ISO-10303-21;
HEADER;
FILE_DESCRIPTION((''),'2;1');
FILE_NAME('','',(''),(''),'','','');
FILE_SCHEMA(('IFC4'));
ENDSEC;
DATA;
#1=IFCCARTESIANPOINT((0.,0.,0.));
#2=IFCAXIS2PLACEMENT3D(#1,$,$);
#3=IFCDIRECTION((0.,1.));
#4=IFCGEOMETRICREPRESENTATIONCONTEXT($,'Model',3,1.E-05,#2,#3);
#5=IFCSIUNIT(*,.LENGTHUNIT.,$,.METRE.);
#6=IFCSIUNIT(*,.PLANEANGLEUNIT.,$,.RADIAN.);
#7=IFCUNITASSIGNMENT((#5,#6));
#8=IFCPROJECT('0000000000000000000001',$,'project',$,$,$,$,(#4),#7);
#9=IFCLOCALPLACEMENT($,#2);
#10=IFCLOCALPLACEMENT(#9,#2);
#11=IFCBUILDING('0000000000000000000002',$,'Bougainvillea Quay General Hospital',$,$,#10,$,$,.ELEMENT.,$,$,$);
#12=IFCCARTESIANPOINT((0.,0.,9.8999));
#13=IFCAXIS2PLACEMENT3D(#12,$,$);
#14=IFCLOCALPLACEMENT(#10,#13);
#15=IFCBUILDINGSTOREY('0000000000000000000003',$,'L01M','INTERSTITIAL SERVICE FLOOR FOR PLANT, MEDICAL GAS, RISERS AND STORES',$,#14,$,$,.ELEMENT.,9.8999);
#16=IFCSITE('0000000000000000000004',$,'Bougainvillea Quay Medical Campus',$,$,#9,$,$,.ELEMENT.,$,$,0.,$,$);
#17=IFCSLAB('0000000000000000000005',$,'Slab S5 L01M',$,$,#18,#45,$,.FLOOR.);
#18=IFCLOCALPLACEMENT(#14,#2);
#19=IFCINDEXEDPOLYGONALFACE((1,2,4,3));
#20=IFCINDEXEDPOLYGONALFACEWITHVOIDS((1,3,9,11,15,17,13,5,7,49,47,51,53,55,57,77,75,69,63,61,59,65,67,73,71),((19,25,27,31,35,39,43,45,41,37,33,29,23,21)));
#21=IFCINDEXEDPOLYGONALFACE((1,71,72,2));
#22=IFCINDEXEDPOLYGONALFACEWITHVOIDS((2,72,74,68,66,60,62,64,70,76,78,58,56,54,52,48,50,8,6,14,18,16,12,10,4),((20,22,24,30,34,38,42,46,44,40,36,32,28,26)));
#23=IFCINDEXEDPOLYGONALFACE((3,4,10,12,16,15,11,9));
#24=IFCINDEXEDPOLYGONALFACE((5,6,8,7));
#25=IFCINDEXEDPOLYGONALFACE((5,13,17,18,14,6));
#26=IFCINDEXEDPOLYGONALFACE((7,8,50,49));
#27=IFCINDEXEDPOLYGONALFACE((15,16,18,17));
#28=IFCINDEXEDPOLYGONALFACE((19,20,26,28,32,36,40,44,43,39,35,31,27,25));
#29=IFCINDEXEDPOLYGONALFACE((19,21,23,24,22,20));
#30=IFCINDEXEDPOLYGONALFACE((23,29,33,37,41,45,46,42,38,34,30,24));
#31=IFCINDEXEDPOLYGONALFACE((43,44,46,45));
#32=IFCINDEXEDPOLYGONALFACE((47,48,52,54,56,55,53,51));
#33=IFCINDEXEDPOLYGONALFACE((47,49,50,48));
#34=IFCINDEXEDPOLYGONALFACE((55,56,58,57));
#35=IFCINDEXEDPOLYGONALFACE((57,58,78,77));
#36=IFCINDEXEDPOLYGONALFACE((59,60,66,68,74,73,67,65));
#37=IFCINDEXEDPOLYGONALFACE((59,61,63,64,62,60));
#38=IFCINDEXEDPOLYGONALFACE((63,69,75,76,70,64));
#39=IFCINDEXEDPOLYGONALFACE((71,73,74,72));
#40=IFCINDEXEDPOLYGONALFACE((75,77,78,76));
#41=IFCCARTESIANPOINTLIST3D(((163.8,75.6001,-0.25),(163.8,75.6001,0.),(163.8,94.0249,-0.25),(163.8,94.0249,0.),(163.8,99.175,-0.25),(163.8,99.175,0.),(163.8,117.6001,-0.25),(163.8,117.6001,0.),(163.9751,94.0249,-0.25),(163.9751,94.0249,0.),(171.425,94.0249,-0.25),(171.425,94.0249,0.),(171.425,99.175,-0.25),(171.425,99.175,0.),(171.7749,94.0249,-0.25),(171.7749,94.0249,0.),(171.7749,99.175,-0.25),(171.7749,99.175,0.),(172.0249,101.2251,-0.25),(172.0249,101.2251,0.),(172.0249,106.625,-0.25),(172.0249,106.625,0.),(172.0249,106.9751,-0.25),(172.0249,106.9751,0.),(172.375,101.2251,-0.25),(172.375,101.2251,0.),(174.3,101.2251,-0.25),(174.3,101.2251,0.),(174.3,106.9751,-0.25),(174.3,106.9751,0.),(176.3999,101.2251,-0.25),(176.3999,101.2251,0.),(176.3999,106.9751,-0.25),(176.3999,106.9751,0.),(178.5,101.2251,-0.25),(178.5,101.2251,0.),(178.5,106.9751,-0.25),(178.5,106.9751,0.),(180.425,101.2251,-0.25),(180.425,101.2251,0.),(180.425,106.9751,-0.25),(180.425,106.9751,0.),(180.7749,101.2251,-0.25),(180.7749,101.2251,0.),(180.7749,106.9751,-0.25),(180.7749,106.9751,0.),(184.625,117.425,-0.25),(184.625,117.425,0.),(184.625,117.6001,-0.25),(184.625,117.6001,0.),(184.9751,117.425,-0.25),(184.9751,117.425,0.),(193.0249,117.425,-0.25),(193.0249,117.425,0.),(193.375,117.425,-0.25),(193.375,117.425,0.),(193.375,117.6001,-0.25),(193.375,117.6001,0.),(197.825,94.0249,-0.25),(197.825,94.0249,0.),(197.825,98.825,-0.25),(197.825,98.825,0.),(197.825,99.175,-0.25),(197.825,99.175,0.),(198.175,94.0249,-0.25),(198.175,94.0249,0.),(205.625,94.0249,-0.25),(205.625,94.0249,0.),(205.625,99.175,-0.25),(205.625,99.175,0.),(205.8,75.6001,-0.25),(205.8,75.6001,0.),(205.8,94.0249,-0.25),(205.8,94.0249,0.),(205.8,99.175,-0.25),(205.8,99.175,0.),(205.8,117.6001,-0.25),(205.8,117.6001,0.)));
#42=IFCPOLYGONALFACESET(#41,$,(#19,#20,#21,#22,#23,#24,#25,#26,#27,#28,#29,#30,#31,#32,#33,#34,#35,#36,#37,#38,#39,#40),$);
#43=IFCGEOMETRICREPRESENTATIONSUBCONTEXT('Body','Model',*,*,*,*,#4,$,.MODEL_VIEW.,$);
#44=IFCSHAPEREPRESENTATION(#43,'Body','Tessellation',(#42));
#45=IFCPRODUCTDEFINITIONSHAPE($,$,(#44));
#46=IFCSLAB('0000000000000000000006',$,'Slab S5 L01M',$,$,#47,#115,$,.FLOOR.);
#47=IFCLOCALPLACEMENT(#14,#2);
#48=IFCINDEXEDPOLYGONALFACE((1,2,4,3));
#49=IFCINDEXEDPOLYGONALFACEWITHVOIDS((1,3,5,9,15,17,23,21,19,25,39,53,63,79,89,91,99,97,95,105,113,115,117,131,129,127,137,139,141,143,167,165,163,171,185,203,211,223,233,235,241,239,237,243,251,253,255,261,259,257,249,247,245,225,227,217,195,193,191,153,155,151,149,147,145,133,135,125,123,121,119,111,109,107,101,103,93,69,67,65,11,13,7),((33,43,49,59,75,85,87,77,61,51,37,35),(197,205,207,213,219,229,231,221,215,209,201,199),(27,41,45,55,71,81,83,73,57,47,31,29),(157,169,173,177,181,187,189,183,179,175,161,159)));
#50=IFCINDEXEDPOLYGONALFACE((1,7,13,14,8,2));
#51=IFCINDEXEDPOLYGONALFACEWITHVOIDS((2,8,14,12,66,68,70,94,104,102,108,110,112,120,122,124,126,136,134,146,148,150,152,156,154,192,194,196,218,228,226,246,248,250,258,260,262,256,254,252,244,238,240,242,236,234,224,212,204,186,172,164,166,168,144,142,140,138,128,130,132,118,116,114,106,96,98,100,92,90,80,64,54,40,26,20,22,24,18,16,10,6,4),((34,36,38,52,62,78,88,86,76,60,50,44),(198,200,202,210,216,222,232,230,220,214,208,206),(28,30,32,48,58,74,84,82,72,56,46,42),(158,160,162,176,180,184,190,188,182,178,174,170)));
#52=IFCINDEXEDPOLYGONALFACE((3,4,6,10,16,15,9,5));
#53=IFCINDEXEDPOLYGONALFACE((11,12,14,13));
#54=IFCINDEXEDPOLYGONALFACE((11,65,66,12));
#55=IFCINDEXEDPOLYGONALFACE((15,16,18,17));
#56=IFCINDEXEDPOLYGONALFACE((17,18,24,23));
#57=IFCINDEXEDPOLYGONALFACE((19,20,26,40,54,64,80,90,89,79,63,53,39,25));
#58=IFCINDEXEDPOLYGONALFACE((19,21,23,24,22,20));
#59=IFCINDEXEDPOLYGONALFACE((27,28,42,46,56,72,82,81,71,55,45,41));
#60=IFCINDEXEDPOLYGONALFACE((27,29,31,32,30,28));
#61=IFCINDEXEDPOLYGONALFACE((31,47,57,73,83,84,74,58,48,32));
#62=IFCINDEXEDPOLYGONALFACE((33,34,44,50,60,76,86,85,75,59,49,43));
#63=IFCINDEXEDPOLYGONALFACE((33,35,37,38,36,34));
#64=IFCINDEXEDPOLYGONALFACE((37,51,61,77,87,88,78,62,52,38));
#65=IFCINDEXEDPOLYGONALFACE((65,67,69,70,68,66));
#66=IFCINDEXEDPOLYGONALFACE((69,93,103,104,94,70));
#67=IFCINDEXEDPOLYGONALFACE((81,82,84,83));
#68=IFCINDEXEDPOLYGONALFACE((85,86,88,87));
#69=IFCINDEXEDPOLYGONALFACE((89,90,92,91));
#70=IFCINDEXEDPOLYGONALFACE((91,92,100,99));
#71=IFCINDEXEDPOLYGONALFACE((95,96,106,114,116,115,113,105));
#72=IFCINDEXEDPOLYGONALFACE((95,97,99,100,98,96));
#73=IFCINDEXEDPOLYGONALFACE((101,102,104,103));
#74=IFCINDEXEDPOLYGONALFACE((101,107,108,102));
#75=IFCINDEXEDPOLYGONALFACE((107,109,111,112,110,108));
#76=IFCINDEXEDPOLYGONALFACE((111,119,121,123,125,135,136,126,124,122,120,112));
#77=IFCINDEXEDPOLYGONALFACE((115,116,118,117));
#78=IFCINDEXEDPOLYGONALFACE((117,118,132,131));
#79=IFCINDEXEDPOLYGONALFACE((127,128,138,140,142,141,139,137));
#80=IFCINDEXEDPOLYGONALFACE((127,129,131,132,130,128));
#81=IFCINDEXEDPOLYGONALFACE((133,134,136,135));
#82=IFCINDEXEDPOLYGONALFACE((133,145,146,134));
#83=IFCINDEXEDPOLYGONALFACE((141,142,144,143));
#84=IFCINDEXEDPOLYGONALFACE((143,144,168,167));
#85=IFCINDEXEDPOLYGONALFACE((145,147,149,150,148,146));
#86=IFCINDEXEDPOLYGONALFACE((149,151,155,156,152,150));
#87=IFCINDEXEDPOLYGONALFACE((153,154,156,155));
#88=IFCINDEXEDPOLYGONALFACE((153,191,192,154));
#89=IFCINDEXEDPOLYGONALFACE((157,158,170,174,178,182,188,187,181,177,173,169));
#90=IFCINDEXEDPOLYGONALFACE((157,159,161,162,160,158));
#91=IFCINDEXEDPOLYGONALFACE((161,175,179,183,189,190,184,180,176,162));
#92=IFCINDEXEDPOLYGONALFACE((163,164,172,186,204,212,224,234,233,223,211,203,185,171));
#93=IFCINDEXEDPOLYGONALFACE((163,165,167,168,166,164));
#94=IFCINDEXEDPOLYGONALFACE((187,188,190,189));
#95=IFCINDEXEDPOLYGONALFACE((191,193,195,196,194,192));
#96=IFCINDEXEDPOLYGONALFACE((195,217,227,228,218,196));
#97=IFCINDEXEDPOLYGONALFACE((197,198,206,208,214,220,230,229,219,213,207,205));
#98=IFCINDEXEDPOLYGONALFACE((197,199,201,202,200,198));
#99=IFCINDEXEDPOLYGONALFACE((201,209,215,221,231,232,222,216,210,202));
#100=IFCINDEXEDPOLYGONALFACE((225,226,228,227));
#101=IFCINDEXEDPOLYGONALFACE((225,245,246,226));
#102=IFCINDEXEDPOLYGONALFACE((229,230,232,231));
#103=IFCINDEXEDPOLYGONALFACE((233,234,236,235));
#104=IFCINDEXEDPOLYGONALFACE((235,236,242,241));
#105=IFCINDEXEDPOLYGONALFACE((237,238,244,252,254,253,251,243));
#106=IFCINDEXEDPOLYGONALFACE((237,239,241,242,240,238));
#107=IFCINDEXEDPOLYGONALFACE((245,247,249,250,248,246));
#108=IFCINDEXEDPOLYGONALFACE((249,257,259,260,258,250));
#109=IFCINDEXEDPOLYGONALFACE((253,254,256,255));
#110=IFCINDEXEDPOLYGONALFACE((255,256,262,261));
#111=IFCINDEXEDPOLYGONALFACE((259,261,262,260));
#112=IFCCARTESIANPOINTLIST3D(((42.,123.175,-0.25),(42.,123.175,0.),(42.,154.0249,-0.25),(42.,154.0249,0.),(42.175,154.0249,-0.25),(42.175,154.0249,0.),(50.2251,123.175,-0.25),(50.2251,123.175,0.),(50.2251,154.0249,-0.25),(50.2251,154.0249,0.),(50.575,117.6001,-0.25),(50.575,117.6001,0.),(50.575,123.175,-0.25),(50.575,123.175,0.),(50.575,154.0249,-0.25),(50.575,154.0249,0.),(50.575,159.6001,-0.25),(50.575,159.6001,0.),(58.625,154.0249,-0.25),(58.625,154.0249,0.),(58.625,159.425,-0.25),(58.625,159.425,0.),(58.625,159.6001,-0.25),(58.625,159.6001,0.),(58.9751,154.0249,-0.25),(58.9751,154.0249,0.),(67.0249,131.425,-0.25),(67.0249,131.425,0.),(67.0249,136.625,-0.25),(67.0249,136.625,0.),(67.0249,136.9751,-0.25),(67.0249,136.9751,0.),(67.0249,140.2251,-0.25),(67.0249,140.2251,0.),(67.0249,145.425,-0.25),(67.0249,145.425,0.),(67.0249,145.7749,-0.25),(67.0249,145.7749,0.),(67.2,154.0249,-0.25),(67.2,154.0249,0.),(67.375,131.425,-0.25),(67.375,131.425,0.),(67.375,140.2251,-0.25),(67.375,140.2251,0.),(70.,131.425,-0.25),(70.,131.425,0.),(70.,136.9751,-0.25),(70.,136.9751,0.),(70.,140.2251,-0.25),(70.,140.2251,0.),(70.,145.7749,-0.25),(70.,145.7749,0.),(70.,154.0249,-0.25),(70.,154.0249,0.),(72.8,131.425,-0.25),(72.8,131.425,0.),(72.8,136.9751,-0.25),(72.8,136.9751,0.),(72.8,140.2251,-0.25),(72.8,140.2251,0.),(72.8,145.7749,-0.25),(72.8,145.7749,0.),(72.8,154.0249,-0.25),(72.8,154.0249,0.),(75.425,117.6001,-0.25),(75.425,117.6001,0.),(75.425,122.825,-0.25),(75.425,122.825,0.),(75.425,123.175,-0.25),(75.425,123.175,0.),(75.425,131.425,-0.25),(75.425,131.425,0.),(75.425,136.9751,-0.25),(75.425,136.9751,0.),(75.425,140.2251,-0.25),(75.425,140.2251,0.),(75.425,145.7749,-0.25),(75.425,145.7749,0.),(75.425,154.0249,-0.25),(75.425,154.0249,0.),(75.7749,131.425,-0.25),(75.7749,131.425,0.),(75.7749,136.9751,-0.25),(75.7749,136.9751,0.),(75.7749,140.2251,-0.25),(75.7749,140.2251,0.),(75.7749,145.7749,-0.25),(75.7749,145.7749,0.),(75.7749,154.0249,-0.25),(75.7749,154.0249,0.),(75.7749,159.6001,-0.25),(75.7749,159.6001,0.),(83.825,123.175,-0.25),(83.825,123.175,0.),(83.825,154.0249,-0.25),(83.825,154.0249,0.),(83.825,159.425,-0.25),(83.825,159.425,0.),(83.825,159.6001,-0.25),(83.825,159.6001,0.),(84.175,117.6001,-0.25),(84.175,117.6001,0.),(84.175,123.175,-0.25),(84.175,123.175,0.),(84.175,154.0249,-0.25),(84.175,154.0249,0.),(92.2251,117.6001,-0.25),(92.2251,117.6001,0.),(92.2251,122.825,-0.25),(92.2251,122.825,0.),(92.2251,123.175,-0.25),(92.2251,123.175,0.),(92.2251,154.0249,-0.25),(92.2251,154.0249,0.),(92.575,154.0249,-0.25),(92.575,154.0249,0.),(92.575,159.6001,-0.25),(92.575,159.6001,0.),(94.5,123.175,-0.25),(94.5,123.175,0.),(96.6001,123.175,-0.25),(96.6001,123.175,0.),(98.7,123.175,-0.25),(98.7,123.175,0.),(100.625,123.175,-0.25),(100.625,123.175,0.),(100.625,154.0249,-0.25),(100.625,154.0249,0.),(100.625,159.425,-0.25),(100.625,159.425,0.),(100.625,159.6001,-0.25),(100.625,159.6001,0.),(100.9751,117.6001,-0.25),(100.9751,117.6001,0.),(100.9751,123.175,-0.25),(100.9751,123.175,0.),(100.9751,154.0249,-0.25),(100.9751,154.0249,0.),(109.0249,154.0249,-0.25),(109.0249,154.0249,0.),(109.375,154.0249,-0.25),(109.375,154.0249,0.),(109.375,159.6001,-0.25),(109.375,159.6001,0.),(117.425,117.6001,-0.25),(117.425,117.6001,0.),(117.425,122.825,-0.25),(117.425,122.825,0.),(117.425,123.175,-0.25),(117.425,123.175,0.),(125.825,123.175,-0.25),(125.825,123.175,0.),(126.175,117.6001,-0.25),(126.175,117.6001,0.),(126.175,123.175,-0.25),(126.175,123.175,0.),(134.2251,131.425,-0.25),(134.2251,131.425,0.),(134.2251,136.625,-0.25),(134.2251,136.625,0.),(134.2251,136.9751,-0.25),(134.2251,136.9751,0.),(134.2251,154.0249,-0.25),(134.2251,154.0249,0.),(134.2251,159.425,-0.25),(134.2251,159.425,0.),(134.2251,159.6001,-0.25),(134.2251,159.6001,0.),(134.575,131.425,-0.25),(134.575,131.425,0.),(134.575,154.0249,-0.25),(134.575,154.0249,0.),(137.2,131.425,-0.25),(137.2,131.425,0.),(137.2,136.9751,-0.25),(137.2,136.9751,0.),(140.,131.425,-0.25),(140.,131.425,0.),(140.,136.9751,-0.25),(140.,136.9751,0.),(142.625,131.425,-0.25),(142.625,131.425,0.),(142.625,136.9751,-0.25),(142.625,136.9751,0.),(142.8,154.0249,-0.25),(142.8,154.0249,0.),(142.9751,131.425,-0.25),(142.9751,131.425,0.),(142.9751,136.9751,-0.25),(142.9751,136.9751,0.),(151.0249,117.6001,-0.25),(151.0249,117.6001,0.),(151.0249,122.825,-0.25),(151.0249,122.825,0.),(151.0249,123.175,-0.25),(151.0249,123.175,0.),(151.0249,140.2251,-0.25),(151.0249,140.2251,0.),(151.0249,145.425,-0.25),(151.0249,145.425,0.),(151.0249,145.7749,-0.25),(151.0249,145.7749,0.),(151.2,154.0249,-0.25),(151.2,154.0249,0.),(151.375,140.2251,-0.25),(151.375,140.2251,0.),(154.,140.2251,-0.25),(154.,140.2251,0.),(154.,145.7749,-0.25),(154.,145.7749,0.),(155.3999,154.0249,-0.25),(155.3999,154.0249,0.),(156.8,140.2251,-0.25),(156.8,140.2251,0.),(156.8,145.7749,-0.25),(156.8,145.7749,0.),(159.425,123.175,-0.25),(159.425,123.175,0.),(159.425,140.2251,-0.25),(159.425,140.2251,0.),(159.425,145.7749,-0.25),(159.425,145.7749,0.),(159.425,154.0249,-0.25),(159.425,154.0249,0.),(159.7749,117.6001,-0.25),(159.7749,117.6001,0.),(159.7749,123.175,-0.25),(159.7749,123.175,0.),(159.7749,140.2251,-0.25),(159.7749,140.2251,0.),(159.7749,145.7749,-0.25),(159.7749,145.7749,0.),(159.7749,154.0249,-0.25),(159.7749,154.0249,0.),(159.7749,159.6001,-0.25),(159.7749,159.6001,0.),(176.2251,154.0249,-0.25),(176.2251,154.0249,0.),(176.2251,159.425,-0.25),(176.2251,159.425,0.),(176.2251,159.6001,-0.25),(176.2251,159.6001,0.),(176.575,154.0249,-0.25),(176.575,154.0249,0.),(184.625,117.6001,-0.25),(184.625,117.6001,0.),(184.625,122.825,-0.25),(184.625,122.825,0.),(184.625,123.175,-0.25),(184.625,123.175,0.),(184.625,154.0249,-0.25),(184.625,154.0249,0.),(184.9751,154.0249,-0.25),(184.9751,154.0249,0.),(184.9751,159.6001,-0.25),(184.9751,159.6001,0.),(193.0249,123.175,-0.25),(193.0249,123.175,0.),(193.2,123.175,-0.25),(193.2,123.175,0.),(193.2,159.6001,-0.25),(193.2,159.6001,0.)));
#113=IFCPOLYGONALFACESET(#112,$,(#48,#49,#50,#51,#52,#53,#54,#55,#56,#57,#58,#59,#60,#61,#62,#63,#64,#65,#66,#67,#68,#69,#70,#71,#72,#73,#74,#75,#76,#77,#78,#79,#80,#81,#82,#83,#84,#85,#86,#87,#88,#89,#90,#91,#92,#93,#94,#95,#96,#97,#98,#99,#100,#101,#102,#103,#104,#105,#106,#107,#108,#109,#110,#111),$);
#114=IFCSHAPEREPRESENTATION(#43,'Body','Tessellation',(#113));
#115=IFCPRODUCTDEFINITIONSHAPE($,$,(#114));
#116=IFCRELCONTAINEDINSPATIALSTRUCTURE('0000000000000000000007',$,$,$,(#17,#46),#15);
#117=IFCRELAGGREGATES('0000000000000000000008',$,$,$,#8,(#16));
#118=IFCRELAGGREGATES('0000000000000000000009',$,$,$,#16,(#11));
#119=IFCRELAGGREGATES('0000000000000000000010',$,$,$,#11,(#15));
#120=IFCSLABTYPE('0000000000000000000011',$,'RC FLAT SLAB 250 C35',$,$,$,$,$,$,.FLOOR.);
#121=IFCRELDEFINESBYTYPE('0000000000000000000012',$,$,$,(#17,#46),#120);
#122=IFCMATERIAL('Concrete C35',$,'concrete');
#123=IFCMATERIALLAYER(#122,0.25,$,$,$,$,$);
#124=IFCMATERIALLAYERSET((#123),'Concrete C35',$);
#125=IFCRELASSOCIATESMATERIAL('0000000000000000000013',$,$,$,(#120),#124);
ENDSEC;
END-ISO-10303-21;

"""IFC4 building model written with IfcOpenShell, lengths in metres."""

from ifc_helpers import new_model, si_unit, direction, frame, origin, place, context, subcontext, project, spatial, polyline, outline, extrude, material, layer, layer_set, type_object, element, save


model = new_model("IFC4")

# Units and contexts
model_context = context("Model", 3, precision=1e-05, world=origin(), true_north=direction((0.0, 1.0)))
body_context = subcontext(model_context, "Body", "Model", "MODEL_VIEW")
ifc_project = project(units=[si_unit("LENGTHUNIT", "METRE"), si_unit("PLANEANGLEUNIT", "RADIAN")], contexts=[model_context])

# Site, building, storey
site_placement = place(None, origin())
site = spatial("IfcSite", under=ifc_project, at=site_placement, Name="Bougainvillea Quay Medical Campus", CompositionType="ELEMENT", RefElevation=0.0)
building_placement = place(site_placement, origin())
building = spatial("IfcBuilding", under=site, at=building_placement, Name="Bougainvillea Quay General Hospital", CompositionType="ELEMENT")
storey_placement = place(building_placement, frame((0.0, 0.0, 9.8999)))
storey = spatial("IfcBuildingStorey", under=building, at=storey_placement, Name="L01M", Description="INTERSTITIAL SERVICE FLOOR FOR PLANT, MEDICAL GAS, RISERS AND STORES", CompositionType="ELEMENT", Elevation=9.8999)

# Slabs
ifc_material_1 = material(Name="Concrete C35", Category="concrete")
ifc_layer_1 = layer(ifc_material_1, 0.25)
ifc_layer_set_1 = layer_set([ifc_layer_1], Name="Concrete C35")
slab_type_1 = type_object("IfcSlabType", Name="RC FLAT SLAB 250 C35", PredefinedType="FLOOR", material=ifc_layer_set_1)
slab_1_placement = place(storey_placement, frame((0.0, 0.0, -0.25)))
element("IfcSlab", 1, at=slab_1_placement, inside=storey, type_object=slab_type_1, Name="Slab S5 L01M", PredefinedType="FLOOR", context=body_context, shape_type="SweptSolid", body=[
    extrude(outline(polyline([(184.625, 117.6001), (163.8, 117.6001), (163.8, 99.175), (171.425, 99.175), (171.7749, 99.175), (171.7749, 94.0249), (171.425, 94.0249), (163.9751, 94.0249), (163.8, 94.0249), (163.8, 75.6001), (205.8, 75.6001), (205.8, 94.0249), (205.625, 94.0249), (198.175, 94.0249), (197.825, 94.0249), (197.825, 98.825), (197.825, 99.175), (205.625, 99.175), (205.8, 99.175), (205.8, 117.6001), (193.375, 117.6001), (193.375, 117.425), (193.0249, 117.425), (184.9751, 117.425), (184.625, 117.425), (184.625, 117.6001)]), holes=[polyline([(180.7749, 101.2251), (180.425, 101.2251), (178.5, 101.2251), (176.3999, 101.2251), (174.3, 101.2251), (172.375, 101.2251), (172.0249, 101.2251), (172.0249, 106.625), (172.0249, 106.9751), (174.3, 106.9751), (176.3999, 106.9751), (178.5, 106.9751), (180.425, 106.9751), (180.7749, 106.9751), (180.7749, 101.2251)])]), origin(), (0.0, 0.0, 1.0), 0.25),
])
slab_2_placement = place(storey_placement, frame((0.0, 0.0, -0.25)))
element("IfcSlab", 2, at=slab_2_placement, inside=storey, type_object=slab_type_1, Name="Slab S5 L01M", PredefinedType="FLOOR", context=body_context, shape_type="SweptSolid", body=[
    extrude(outline(polyline([(83.825, 159.6001), (75.7749, 159.6001), (75.7749, 154.0249), (75.425, 154.0249), (72.8, 154.0249), (70.0, 154.0249), (67.2, 154.0249), (58.9751, 154.0249), (58.625, 154.0249), (58.625, 159.425), (58.625, 159.6001), (50.575, 159.6001), (50.575, 154.0249), (50.2251, 154.0249), (42.175, 154.0249), (42.0, 154.0249), (42.0, 123.175), (50.2251, 123.175), (50.575, 123.175), (50.575, 117.6001), (75.425, 117.6001), (75.425, 122.825), (75.425, 123.175), (83.825, 123.175), (84.175, 123.175), (84.175, 117.6001), (92.2251, 117.6001), (92.2251, 122.825), (92.2251, 123.175), (94.5, 123.175), (96.6001, 123.175), (98.7, 123.175), (100.625, 123.175), (100.9751, 123.175), (100.9751, 117.6001), (117.425, 117.6001), (117.425, 122.825), (117.425, 123.175), (125.825, 123.175), (126.175, 123.175), (126.175, 117.6001), (151.0249, 117.6001), (151.0249, 122.825), (151.0249, 123.175), (159.425, 123.175), (159.7749, 123.175), (159.7749, 117.6001), (184.625, 117.6001), (184.625, 122.825), (184.625, 123.175), (193.0249, 123.175), (193.2, 123.175), (193.2, 159.6001), (184.9751, 159.6001), (184.9751, 154.0249), (184.625, 154.0249), (176.575, 154.0249), (176.2251, 154.0249), (176.2251, 159.425), (176.2251, 159.6001), (159.7749, 159.6001), (159.7749, 154.0249), (159.425, 154.0249), (155.3999, 154.0249), (151.2, 154.0249), (142.8, 154.0249), (134.575, 154.0249), (134.2251, 154.0249), (134.2251, 159.425), (134.2251, 159.6001), (109.375, 159.6001), (109.375, 154.0249), (109.0249, 154.0249), (100.9751, 154.0249), (100.625, 154.0249), (100.625, 159.425), (100.625, 159.6001), (92.575, 159.6001), (92.575, 154.0249), (92.2251, 154.0249), (84.175, 154.0249), (83.825, 154.0249), (83.825, 159.425), (83.825, 159.6001)]), holes=[polyline([(151.0249, 140.2251), (151.0249, 145.425), (151.0249, 145.7749), (154.0, 145.7749), (156.8, 145.7749), (159.425, 145.7749), (159.7749, 145.7749), (159.7749, 140.2251), (159.425, 140.2251), (156.8, 140.2251), (154.0, 140.2251), (151.375, 140.2251), (151.0249, 140.2251)]), polyline([(134.2251, 136.9751), (137.2, 136.9751), (140.0, 136.9751), (142.625, 136.9751), (142.9751, 136.9751), (142.9751, 131.425), (142.625, 131.425), (140.0, 131.425), (137.2, 131.425), (134.575, 131.425), (134.2251, 131.425), (134.2251, 136.625), (134.2251, 136.9751)]), polyline([(67.0249, 140.2251), (67.0249, 145.425), (67.0249, 145.7749), (70.0, 145.7749), (72.8, 145.7749), (75.425, 145.7749), (75.7749, 145.7749), (75.7749, 140.2251), (75.425, 140.2251), (72.8, 140.2251), (70.0, 140.2251), (67.375, 140.2251), (67.0249, 140.2251)]), polyline([(67.0249, 131.425), (67.0249, 136.625), (67.0249, 136.9751), (70.0, 136.9751), (72.8, 136.9751), (75.425, 136.9751), (75.7749, 136.9751), (75.7749, 131.425), (75.425, 131.425), (72.8, 131.425), (70.0, 131.425), (67.375, 131.425), (67.0249, 131.425)])]), origin(), (0.0, 0.0, 1.0), 0.25),
])

save(model, "model.ifc")
